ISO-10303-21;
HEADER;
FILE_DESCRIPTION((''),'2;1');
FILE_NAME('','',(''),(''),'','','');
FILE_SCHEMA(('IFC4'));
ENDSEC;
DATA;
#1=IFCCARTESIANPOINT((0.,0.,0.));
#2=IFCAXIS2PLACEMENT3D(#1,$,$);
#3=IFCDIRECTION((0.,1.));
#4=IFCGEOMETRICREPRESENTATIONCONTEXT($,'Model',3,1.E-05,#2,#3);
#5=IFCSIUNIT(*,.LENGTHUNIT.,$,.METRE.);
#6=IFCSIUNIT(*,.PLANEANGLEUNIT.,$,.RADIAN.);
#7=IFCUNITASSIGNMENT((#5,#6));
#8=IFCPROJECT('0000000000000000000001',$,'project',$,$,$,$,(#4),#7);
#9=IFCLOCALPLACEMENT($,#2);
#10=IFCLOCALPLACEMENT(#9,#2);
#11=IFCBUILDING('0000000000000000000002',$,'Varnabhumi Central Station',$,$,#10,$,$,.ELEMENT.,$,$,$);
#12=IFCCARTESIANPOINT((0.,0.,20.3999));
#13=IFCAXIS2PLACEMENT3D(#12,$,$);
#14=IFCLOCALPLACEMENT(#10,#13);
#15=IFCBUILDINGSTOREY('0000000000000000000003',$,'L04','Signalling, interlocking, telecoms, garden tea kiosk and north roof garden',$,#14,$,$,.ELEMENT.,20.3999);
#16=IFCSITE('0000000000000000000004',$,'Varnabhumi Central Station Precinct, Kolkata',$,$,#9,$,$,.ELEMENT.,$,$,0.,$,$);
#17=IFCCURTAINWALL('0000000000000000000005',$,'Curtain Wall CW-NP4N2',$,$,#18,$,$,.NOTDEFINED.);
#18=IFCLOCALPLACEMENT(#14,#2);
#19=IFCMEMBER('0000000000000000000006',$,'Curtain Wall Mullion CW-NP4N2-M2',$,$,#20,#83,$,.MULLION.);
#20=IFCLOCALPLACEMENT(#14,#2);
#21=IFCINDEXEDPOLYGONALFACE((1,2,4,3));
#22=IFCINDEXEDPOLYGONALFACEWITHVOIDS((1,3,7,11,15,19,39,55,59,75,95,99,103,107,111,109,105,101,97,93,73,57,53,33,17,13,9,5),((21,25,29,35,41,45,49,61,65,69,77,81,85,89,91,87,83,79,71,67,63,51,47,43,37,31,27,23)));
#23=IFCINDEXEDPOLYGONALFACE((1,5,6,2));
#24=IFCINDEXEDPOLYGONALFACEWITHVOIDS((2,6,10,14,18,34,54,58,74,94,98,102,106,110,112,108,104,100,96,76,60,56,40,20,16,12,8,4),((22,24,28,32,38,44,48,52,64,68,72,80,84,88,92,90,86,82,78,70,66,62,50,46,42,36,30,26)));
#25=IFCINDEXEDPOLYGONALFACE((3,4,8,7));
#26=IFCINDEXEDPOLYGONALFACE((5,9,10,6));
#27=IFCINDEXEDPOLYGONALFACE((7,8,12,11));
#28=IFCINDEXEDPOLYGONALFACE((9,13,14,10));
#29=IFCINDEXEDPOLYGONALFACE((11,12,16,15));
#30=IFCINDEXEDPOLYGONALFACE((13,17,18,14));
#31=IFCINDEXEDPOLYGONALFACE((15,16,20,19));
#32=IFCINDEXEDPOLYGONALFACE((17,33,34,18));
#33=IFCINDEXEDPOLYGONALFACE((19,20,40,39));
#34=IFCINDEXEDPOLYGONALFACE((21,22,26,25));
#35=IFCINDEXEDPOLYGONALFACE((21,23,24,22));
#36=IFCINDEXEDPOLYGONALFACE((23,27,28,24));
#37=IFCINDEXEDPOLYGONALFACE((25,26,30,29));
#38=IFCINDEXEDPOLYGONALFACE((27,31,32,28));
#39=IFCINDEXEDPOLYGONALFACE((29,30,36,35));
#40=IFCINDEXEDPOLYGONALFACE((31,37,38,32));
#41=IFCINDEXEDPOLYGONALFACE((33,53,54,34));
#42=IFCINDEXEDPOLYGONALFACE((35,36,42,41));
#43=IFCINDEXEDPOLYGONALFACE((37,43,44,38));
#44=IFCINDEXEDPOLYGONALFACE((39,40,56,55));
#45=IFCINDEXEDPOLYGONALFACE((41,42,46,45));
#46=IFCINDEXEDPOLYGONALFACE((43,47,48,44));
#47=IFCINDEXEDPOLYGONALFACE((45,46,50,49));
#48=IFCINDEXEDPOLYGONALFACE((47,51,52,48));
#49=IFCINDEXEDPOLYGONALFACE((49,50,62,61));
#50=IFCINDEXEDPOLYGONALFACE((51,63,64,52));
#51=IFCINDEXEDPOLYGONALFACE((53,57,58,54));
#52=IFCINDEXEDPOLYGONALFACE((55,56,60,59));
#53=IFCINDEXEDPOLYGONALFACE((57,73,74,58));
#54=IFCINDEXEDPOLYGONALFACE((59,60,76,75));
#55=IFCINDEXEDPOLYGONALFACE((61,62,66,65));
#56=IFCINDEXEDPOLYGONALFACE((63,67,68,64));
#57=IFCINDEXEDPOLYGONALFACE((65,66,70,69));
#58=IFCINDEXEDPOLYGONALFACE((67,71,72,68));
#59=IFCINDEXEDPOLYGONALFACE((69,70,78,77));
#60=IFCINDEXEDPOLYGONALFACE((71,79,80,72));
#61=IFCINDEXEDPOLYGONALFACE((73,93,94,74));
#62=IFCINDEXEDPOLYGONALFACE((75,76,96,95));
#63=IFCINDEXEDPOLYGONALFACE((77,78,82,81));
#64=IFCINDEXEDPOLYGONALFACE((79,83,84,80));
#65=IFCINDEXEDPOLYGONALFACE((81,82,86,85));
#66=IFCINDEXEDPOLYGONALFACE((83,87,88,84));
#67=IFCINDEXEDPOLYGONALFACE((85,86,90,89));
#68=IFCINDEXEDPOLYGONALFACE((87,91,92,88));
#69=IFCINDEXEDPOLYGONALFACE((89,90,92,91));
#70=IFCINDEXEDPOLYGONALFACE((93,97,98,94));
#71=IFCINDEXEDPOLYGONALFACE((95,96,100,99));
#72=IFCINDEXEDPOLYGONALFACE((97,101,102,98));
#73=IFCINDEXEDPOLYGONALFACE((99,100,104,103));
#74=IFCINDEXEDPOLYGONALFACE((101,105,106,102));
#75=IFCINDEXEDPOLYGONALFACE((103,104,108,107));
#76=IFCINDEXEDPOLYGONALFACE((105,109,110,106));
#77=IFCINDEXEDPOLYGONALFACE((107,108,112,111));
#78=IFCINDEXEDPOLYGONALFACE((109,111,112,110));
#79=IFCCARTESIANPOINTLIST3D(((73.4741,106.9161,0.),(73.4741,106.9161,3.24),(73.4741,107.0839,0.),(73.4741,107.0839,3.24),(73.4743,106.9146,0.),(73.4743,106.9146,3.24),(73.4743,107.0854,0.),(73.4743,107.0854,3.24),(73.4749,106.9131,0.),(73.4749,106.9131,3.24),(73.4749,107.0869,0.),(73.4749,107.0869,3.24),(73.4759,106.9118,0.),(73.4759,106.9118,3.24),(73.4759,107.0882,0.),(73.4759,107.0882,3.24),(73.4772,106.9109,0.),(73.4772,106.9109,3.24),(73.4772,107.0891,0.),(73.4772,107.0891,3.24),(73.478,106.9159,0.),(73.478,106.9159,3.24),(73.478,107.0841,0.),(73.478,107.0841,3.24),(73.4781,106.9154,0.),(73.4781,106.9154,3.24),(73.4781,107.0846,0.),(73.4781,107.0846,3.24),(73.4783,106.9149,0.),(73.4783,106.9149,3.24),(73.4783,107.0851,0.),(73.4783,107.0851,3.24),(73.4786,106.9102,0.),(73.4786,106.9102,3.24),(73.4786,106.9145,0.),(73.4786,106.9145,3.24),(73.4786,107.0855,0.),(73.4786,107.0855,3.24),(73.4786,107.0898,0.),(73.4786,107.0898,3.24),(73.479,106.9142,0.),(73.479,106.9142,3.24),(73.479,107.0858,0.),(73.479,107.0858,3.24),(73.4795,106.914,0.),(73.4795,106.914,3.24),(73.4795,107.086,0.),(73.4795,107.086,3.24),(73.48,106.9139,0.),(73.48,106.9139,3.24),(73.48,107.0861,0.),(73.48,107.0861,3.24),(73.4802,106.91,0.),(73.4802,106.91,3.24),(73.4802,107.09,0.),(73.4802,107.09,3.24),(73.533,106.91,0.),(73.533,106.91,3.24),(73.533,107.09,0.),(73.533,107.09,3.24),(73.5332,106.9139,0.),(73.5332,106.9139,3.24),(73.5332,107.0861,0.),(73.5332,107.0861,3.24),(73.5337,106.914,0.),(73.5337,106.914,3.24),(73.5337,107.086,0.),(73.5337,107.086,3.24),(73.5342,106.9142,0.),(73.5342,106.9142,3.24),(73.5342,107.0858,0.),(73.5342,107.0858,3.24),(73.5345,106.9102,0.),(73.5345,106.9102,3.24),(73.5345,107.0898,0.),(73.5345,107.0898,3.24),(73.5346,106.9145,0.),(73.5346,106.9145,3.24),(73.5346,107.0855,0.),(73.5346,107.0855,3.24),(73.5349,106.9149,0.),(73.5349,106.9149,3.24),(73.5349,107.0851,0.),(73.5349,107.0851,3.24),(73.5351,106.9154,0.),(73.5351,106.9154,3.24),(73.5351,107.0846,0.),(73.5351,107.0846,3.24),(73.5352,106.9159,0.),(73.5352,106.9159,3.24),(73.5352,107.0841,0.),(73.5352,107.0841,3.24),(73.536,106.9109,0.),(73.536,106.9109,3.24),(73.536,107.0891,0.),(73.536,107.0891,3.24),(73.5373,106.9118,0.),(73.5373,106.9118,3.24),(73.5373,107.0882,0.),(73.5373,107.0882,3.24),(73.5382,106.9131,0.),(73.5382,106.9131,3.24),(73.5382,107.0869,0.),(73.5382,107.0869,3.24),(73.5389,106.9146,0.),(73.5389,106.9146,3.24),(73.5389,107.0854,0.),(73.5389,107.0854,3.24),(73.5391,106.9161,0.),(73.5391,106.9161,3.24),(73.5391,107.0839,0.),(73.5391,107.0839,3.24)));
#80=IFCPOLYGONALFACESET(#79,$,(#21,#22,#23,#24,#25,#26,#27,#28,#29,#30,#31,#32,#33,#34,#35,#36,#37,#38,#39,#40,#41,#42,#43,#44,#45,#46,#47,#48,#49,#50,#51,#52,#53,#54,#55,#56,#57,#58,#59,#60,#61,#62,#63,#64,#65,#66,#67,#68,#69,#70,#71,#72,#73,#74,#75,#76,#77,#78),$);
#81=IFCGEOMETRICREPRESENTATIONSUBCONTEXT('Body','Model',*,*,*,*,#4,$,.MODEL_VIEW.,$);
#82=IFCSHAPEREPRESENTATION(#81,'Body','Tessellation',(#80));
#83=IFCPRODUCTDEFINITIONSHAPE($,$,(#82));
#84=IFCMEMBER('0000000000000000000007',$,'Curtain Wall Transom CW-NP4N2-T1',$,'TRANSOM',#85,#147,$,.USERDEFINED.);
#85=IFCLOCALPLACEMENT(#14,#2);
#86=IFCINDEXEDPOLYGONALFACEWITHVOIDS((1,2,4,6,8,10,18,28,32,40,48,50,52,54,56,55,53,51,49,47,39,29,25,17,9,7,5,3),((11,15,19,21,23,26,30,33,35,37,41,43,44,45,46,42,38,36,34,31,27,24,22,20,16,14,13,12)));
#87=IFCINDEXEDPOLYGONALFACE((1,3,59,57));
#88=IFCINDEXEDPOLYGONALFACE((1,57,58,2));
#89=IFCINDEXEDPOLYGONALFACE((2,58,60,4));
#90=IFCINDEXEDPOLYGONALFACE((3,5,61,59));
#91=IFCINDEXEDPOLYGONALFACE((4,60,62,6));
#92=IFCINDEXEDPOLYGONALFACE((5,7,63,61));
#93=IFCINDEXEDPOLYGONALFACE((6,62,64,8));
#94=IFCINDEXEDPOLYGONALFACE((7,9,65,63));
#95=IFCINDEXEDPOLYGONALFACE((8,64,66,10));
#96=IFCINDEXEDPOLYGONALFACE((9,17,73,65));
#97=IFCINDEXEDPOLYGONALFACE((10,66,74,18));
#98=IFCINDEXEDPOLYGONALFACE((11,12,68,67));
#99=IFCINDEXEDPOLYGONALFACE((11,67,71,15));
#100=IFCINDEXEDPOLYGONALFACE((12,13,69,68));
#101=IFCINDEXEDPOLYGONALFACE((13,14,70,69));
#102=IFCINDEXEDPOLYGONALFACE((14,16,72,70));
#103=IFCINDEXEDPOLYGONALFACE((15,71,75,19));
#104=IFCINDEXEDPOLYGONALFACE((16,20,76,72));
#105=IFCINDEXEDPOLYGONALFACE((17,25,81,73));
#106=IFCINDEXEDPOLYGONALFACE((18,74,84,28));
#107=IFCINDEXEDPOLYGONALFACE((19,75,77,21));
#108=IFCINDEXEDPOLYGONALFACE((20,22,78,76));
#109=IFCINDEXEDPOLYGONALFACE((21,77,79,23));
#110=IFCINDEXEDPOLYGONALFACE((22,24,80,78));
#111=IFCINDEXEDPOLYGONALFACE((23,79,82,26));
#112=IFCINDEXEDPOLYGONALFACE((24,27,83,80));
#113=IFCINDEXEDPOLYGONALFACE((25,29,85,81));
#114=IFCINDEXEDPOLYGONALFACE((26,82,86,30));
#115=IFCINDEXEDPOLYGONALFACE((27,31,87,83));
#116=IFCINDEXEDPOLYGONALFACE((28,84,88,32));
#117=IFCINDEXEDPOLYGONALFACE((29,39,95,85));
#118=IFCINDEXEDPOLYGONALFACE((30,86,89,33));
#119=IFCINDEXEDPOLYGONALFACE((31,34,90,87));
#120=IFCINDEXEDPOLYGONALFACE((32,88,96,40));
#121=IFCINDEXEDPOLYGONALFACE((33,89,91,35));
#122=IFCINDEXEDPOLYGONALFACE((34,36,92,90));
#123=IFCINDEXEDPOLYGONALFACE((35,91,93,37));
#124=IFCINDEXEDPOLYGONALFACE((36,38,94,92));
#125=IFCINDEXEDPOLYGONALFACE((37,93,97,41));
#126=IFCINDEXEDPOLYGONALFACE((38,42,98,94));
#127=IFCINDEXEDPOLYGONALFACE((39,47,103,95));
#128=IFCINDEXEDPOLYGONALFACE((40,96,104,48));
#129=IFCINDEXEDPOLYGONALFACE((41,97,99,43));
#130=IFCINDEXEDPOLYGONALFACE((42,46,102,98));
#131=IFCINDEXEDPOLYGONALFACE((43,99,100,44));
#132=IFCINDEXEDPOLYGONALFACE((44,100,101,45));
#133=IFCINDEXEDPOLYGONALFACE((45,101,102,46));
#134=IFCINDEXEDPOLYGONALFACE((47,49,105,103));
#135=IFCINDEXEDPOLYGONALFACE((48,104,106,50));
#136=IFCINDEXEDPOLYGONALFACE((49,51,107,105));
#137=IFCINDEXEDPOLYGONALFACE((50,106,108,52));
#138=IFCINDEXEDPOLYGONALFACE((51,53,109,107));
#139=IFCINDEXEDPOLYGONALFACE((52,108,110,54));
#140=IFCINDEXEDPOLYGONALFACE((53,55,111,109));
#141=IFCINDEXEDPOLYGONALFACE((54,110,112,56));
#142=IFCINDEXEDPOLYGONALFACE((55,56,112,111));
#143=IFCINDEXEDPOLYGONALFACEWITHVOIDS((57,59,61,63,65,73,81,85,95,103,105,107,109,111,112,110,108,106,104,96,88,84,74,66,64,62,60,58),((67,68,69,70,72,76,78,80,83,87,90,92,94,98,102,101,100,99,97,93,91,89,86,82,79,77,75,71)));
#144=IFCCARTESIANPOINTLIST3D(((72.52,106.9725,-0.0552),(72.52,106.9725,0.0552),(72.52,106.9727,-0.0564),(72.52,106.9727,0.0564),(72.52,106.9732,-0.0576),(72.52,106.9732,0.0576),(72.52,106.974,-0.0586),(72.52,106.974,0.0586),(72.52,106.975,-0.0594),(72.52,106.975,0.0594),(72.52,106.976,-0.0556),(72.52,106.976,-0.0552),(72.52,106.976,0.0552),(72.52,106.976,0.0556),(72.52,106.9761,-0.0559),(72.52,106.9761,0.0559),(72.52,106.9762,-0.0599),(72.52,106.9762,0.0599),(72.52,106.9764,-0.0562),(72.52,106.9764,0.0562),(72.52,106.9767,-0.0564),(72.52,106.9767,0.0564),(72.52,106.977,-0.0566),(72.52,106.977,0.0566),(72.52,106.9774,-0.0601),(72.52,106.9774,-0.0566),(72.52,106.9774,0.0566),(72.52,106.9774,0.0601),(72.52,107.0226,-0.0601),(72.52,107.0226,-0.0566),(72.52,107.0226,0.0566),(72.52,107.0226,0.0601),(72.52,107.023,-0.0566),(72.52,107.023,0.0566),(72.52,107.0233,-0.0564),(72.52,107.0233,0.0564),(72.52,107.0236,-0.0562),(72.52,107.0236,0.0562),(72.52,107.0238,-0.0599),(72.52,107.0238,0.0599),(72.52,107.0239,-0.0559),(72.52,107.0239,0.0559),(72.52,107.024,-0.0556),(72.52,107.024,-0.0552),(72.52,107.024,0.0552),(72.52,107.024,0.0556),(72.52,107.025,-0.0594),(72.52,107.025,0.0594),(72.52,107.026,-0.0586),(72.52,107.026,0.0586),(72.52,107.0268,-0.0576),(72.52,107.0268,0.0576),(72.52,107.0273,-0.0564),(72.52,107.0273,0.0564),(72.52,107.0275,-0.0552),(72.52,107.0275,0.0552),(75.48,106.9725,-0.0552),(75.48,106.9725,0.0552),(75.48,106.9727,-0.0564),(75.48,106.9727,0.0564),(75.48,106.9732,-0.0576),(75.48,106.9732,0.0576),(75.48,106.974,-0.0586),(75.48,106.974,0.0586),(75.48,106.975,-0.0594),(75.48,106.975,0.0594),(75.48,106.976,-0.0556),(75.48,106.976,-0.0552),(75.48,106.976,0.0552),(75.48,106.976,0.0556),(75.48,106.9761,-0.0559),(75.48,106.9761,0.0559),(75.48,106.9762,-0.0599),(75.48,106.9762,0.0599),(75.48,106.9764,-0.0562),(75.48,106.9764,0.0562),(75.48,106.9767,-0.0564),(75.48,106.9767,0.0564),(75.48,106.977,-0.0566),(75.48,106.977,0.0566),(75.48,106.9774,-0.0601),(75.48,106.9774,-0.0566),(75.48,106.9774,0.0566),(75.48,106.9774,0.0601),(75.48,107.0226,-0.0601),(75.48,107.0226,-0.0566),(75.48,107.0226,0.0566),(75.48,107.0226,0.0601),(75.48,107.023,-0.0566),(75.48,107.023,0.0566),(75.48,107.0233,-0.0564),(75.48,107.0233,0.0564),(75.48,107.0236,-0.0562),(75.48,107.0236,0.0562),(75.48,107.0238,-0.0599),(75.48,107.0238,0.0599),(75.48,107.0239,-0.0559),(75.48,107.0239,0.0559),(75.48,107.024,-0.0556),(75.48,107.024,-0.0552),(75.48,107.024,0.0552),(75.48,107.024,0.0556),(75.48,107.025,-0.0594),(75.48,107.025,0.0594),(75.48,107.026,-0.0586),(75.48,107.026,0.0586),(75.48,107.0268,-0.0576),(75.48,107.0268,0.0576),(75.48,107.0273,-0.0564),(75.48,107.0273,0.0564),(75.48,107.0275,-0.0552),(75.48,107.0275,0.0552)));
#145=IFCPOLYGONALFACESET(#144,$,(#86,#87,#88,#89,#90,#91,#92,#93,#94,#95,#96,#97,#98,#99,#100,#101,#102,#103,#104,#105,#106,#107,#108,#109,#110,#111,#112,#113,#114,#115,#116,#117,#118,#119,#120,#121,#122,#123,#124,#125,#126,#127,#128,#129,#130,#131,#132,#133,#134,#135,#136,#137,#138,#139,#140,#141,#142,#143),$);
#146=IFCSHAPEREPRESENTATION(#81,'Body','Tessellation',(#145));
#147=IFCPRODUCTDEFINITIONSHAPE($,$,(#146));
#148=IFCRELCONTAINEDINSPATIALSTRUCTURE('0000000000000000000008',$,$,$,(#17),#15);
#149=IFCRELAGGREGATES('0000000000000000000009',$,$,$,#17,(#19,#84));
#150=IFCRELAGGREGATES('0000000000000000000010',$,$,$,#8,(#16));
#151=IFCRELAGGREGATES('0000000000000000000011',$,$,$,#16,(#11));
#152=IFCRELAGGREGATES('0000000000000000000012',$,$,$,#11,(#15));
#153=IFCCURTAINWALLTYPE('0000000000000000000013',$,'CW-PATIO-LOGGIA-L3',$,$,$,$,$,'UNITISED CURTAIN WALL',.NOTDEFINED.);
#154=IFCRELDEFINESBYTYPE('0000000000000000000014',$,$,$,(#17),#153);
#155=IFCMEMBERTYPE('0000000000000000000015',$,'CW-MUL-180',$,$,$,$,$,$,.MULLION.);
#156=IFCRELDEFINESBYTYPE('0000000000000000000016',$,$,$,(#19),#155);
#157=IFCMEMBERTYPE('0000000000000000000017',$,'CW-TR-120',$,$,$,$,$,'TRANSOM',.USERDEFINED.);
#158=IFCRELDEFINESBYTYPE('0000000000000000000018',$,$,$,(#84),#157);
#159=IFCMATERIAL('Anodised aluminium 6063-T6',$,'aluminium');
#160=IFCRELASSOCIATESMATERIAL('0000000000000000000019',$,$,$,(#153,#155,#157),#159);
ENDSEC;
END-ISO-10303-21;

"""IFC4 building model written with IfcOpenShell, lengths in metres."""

from ifc_helpers import new_model, si_unit, direction, frame, origin, origin_2d, place, context, subcontext, project, spatial, hollow_rectangle, extrude, material, material_profile, profile_set, type_object, element, aggregate, save


model = new_model("IFC4")

# Units and contexts
model_context = context("Model", 3, precision=1e-05, world=origin(), true_north=direction((0.0, 1.0)))
body_context = subcontext(model_context, "Body", "Model", "MODEL_VIEW")
ifc_project = project(units=[si_unit("LENGTHUNIT", "METRE"), si_unit("PLANEANGLEUNIT", "RADIAN")], contexts=[model_context])

# Site, building, storey
site_placement = place(None, origin())
site = spatial("IfcSite", under=ifc_project, at=site_placement, Name="Varnabhumi Central Station Precinct, Kolkata", CompositionType="ELEMENT", RefElevation=0.0)
building_placement = place(site_placement, origin())
building = spatial("IfcBuilding", under=site, at=building_placement, Name="Varnabhumi Central Station", CompositionType="ELEMENT")
storey_placement = place(building_placement, frame((0.0, 0.0, 20.3999)))
storey = spatial("IfcBuildingStorey", under=building, at=storey_placement, Name="L04", Description="Signalling, interlocking, telecoms, garden tea kiosk and north roof garden", CompositionType="ELEMENT", Elevation=20.3999)

# Curtain wall, members
ifc_material_1 = material(Name="Anodised aluminium 6063-T6", Category="aluminium")
curtain_wall_type = type_object("IfcCurtainWallType", Name="CW-PATIO-LOGGIA-L3", ElementType="UNITISED CURTAIN WALL", PredefinedType="NOTDEFINED", material=ifc_material_1)
curtain_wall_placement = place(storey_placement, origin())
curtain_wall = element("IfcCurtainWall", 1, at=curtain_wall_placement, inside=storey, type_object=curtain_wall_type, Name="Curtain Wall CW-NP4N2", PredefinedType="NOTDEFINED")
ifc_material_profile_1 = material_profile(ifc_material_1, hollow_rectangle(XDim=0.0649, YDim=0.1799, WallThickness=0.0039, InnerFilletRadius=0.002, OuterFilletRadius=0.0061, at=origin_2d()), Name="Anodised aluminium 6063-T6", Category="aluminium")
ifc_profile_set_1 = profile_set([ifc_material_profile_1], Name="Anodised aluminium 6063-T6")
member_type_1 = type_object("IfcMemberType", Name="CW-MUL-180", PredefinedType="MULLION", material=ifc_profile_set_1)
member_1_placement = place(storey_placement, frame((73.5066, 107.0, 0.0), z_axis=(0.0, 0.0, 1.0), x_axis=(1.0, 0.0, 0.0)))
member_1 = element("IfcMember", 2, at=member_1_placement, type_object=member_type_1, Name="Curtain Wall Mullion CW-NP4N2-M2", PredefinedType="MULLION", context=body_context, shape_type="SweptSolid", body=[
    extrude(hollow_rectangle(XDim=0.0649, YDim=0.1799, WallThickness=0.0039, InnerFilletRadius=0.002, OuterFilletRadius=0.0061, at=origin_2d()), origin(), (0.0, 0.0, 1.0), 3.24),
])
ifc_material_profile_2 = material_profile(ifc_material_1, hollow_rectangle(XDim=0.0549, YDim=0.1201, WallThickness=0.0034, InnerFilletRadius=0.0015, OuterFilletRadius=0.0049, at=origin_2d()), Name="Anodised aluminium 6063-T6", Category="aluminium")
ifc_profile_set_2 = profile_set([ifc_material_profile_2], Name="Anodised aluminium 6063-T6")
member_type_2 = type_object("IfcMemberType", Name="CW-TR-120", ElementType="TRANSOM", PredefinedType="USERDEFINED", material=ifc_profile_set_2)
member_2_placement = place(storey_placement, frame((72.52, 107.0, 0.0), z_axis=(1.0, 0.0, 0.0), x_axis=(0.0, 1.0, 0.0)))
member_2 = element("IfcMember", 3, at=member_2_placement, type_object=member_type_2, Name="Curtain Wall Transom CW-NP4N2-T1", ObjectType="TRANSOM", PredefinedType="USERDEFINED", context=body_context, shape_type="SweptSolid", body=[
    extrude(hollow_rectangle(XDim=0.0549, YDim=0.1201, WallThickness=0.0034, InnerFilletRadius=0.0015, OuterFilletRadius=0.0049, at=origin_2d()), origin(), (0.0, 0.0, 1.0), 2.96),
])

aggregate(curtain_wall, [member_1, member_2])

save(model, "model.ifc")
